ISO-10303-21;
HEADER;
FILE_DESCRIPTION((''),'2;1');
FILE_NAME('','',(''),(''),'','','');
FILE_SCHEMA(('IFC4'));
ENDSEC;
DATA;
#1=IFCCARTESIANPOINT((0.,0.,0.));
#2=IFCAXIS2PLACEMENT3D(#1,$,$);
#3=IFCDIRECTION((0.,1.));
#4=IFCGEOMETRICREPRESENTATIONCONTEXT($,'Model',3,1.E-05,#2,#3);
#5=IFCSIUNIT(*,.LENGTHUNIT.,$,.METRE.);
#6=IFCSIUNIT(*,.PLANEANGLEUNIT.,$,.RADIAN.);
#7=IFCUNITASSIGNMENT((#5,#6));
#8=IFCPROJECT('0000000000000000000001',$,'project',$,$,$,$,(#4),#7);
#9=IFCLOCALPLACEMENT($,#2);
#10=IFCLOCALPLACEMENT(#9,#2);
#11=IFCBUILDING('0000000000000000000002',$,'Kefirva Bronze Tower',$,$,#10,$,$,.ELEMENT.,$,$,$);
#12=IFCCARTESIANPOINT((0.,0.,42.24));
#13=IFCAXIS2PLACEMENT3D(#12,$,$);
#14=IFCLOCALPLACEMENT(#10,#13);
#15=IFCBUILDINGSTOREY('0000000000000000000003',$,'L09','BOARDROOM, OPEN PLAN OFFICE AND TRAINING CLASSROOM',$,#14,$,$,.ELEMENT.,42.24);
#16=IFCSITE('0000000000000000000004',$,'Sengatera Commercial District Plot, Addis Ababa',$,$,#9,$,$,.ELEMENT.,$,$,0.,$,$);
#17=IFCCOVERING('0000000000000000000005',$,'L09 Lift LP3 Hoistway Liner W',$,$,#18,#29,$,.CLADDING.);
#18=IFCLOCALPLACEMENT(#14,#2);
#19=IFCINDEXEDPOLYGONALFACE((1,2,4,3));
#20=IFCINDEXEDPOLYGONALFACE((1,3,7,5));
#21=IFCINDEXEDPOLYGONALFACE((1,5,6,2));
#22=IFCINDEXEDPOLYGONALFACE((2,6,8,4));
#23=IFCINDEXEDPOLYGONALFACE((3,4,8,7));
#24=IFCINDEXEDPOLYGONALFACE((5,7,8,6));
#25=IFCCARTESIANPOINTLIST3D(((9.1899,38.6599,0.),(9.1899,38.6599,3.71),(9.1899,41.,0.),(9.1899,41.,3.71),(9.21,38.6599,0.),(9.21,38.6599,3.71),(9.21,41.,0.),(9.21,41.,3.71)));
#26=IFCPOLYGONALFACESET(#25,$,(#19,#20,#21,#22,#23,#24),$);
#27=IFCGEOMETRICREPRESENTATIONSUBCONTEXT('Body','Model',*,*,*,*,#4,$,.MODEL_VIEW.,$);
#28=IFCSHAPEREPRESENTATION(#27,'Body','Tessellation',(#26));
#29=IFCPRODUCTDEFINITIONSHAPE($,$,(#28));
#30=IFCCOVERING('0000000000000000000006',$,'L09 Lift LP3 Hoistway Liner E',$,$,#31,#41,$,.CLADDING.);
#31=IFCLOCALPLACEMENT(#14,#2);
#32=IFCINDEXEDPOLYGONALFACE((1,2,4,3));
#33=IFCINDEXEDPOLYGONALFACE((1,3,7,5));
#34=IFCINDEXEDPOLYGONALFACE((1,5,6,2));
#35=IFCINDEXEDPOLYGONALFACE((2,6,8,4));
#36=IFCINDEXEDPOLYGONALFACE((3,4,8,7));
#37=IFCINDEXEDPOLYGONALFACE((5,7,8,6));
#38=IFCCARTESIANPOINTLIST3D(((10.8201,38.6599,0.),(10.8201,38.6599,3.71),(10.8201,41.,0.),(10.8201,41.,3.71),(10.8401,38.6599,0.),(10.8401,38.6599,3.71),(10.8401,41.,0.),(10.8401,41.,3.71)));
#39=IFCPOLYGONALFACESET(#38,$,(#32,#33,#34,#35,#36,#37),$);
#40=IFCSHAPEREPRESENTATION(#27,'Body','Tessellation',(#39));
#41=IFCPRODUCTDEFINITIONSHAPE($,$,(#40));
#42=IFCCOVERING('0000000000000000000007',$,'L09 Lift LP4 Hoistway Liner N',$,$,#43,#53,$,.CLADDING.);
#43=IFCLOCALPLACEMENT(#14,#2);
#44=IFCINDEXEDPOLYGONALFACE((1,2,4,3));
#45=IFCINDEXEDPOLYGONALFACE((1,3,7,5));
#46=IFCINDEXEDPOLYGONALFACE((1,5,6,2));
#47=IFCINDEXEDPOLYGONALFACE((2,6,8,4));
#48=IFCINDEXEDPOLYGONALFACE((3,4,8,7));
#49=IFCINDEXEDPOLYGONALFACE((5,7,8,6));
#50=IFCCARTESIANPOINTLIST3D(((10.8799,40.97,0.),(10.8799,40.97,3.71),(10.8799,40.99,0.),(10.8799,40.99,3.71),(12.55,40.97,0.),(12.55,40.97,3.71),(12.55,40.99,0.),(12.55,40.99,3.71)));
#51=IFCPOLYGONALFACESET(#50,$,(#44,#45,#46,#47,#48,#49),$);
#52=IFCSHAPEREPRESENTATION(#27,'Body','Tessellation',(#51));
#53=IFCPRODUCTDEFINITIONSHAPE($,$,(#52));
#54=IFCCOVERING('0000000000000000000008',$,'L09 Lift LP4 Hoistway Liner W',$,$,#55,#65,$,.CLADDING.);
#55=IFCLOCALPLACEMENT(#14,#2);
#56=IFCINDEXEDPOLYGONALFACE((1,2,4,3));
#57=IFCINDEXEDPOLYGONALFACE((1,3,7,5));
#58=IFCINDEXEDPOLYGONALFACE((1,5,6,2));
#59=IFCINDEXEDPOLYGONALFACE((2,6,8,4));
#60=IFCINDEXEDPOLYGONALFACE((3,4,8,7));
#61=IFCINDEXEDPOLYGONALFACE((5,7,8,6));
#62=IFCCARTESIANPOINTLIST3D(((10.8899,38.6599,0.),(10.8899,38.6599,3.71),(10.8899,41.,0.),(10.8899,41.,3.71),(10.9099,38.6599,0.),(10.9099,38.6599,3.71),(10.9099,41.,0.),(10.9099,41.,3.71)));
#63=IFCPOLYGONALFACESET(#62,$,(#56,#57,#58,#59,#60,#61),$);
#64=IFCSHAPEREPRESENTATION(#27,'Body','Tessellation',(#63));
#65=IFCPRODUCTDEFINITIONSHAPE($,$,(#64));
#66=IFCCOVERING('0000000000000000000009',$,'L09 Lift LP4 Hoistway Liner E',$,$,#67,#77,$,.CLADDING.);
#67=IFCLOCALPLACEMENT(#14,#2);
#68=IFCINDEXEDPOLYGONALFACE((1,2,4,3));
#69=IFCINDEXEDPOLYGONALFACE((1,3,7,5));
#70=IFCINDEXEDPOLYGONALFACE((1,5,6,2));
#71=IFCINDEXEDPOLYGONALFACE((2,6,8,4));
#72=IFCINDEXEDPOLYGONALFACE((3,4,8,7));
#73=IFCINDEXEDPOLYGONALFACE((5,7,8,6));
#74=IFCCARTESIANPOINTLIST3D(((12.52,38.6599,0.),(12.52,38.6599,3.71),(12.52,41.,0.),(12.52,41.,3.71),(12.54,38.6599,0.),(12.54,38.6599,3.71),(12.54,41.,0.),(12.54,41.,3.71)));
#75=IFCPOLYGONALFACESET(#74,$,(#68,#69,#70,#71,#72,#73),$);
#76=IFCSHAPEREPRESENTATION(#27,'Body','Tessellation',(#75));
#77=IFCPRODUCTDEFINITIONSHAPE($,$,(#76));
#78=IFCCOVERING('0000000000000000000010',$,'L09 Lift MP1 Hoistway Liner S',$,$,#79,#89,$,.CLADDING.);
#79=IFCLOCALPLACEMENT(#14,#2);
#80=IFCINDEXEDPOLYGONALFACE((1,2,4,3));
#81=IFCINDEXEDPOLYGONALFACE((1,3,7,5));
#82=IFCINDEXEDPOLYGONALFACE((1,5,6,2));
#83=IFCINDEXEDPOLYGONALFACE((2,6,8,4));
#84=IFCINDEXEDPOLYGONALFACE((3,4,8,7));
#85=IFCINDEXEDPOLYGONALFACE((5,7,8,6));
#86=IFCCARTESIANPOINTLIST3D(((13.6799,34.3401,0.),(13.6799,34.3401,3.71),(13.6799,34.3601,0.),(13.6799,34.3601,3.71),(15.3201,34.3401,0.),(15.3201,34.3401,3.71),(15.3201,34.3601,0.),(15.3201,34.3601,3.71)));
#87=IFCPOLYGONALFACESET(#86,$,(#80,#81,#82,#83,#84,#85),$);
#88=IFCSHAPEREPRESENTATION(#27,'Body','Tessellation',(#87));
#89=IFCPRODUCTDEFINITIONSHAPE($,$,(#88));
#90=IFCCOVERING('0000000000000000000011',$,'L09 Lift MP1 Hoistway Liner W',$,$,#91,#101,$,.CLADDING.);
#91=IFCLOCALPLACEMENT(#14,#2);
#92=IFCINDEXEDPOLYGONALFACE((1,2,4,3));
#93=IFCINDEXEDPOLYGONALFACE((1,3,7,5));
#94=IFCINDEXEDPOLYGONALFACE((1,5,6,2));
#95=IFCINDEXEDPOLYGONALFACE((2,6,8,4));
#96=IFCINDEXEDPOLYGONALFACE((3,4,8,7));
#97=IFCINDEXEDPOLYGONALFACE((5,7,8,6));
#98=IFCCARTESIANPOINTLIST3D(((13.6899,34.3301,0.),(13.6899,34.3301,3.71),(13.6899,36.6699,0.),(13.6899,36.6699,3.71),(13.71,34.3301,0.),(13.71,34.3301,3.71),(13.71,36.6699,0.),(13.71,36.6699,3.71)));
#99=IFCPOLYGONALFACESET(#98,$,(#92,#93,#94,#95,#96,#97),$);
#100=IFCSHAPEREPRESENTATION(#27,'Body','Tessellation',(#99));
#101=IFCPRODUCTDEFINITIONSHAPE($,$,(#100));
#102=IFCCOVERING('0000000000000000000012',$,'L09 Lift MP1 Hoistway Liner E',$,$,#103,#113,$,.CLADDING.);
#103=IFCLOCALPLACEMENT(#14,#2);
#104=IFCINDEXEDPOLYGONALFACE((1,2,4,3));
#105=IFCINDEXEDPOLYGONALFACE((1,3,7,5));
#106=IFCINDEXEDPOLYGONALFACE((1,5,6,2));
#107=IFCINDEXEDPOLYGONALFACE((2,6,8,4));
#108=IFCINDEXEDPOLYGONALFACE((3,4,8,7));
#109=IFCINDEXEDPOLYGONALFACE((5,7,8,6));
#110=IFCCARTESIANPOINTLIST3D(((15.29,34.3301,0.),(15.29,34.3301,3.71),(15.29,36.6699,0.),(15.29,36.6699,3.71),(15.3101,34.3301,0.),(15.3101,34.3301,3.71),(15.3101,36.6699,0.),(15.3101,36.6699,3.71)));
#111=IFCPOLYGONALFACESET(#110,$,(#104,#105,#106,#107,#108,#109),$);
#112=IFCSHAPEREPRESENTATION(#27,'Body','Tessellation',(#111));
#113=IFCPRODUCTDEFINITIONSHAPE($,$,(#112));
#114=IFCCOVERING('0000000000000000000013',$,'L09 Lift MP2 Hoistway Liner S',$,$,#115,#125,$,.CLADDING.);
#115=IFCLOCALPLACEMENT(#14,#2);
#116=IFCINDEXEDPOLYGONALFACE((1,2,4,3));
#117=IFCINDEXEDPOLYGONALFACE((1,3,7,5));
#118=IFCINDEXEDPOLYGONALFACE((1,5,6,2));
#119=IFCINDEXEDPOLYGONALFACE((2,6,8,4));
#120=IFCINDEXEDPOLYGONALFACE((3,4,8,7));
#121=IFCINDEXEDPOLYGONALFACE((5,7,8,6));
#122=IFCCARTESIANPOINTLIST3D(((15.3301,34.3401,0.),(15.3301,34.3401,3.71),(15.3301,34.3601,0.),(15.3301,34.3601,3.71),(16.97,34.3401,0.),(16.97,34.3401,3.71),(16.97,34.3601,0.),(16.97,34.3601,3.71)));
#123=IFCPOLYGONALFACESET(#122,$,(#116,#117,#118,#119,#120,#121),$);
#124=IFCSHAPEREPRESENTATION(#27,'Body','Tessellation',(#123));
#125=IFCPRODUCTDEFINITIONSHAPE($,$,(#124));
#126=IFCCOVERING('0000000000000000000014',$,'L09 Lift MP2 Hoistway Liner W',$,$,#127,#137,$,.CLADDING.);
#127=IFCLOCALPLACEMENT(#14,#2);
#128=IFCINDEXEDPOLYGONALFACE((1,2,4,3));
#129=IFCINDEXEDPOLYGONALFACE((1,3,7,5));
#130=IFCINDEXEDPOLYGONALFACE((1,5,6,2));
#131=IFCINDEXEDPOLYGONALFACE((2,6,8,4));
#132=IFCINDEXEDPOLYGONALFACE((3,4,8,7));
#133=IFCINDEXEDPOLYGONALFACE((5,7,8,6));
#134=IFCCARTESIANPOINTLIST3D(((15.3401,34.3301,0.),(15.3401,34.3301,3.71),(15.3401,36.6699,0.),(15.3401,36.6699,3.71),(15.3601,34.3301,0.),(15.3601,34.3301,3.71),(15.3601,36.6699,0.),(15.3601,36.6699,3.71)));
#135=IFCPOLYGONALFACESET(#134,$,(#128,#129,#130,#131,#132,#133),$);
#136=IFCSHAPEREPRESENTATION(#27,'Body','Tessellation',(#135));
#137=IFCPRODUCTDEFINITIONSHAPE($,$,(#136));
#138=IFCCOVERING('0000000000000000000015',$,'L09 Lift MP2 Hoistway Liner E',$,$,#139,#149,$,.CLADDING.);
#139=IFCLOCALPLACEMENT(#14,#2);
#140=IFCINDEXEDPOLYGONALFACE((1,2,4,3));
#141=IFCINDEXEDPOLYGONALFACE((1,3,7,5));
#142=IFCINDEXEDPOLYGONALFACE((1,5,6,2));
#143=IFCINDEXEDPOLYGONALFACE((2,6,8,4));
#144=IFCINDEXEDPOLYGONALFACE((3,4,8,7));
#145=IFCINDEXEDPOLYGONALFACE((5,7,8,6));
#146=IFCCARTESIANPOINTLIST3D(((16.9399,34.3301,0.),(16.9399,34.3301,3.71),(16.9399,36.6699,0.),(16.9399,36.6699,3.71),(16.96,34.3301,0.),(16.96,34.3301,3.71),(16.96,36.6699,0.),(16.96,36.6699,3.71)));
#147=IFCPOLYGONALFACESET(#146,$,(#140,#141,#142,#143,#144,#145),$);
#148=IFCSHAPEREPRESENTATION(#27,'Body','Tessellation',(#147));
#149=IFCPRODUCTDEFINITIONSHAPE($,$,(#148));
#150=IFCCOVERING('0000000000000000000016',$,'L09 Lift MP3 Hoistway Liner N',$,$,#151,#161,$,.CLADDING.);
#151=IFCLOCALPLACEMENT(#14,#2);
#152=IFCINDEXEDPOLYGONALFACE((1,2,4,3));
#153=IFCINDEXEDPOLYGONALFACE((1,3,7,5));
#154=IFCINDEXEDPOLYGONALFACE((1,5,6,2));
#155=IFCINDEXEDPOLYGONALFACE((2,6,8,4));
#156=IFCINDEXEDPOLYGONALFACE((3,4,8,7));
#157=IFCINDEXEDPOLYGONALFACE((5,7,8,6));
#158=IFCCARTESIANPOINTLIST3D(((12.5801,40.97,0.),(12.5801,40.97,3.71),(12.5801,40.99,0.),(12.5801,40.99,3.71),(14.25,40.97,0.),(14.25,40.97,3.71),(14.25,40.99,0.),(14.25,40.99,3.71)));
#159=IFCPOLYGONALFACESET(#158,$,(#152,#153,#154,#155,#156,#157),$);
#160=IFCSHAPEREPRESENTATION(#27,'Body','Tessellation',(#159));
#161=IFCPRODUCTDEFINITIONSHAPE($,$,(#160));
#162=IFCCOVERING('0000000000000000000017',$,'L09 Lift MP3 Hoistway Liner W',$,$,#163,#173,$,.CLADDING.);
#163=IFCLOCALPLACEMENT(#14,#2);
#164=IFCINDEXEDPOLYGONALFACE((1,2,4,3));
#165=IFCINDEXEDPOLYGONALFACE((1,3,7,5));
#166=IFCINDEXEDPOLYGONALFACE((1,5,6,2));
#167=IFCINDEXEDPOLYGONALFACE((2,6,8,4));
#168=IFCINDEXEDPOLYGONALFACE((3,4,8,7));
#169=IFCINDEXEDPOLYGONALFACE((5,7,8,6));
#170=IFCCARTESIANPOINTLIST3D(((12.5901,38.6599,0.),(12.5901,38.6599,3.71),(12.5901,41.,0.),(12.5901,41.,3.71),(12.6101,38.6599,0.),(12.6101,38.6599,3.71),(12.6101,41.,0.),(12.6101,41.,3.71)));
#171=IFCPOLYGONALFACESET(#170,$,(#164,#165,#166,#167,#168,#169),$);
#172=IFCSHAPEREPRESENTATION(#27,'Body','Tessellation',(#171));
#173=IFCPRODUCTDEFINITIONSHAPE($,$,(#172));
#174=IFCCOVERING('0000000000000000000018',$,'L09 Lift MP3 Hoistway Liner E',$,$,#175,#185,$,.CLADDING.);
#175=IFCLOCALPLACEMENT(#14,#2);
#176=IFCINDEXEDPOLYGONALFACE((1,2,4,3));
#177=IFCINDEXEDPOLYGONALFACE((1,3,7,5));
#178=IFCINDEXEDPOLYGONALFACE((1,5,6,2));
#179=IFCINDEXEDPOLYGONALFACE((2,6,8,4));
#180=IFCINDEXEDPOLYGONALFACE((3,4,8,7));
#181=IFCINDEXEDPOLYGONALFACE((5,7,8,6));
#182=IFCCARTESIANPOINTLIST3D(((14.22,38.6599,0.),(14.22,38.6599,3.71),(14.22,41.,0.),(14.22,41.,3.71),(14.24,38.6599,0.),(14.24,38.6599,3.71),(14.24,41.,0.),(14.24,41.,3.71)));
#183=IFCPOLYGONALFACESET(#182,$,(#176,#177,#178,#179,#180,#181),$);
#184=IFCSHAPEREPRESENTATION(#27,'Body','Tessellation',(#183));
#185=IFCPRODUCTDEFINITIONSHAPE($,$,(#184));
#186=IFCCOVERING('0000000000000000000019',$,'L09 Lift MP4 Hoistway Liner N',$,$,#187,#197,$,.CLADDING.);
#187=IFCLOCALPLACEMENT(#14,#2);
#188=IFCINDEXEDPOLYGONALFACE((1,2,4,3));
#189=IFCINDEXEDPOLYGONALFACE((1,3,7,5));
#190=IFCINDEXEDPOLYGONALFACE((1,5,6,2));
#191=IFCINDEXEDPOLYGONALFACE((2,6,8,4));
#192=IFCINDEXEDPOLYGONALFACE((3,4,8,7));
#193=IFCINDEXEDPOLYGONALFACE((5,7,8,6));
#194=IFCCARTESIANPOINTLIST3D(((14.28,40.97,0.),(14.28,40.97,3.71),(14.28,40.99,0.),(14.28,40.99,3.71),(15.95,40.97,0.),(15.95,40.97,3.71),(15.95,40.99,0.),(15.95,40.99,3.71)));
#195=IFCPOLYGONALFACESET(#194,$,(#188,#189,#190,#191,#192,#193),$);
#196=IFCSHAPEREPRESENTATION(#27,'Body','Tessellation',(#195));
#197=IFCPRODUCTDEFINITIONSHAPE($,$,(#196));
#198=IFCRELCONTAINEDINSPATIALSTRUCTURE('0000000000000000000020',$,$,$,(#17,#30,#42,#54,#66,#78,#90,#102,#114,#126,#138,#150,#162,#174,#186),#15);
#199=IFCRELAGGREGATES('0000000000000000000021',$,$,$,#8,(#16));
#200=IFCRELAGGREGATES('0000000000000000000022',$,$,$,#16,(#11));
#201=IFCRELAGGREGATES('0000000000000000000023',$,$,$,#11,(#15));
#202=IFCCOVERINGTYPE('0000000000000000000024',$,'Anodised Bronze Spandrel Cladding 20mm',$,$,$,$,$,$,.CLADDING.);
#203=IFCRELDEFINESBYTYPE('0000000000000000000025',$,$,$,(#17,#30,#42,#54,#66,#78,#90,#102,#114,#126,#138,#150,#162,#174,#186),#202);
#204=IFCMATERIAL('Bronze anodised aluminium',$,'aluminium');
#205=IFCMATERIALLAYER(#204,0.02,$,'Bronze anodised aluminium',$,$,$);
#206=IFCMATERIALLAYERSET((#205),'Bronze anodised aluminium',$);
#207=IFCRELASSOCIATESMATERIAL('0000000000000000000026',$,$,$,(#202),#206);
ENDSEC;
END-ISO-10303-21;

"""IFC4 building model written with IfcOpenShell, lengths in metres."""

from ifc_helpers import new_model, si_unit, direction, frame, origin, place, context, subcontext, project, spatial, polyline, outline, extrude, material, layer, layer_set, type_object, element, save


model = new_model("IFC4")

# Units and contexts
model_context = context("Model", 3, precision=1e-05, world=origin(), true_north=direction((0.0, 1.0)))
body_context = subcontext(model_context, "Body", "Model", "MODEL_VIEW")
ifc_project = project(units=[si_unit("LENGTHUNIT", "METRE"), si_unit("PLANEANGLEUNIT", "RADIAN")], contexts=[model_context])

# Site, building, storey
site_placement = place(None, origin())
site = spatial("IfcSite", under=ifc_project, at=site_placement, Name="Sengatera Commercial District Plot, Addis Ababa", CompositionType="ELEMENT", RefElevation=0.0)
building_placement = place(site_placement, origin())
building = spatial("IfcBuilding", under=site, at=building_placement, Name="Kefirva Bronze Tower", CompositionType="ELEMENT")
storey_placement = place(building_placement, frame((0.0, 0.0, 42.24)))
storey = spatial("IfcBuildingStorey", under=building, at=storey_placement, Name="L09", Description="BOARDROOM, OPEN PLAN OFFICE AND TRAINING CLASSROOM", CompositionType="ELEMENT", Elevation=42.24)

# Coverings
ifc_material = material(Name="Bronze anodised aluminium", Category="aluminium")
ifc_layer_1 = layer(ifc_material, 0.02, Name="Bronze anodised aluminium")
ifc_layer_set_1 = layer_set([ifc_layer_1], Name="Bronze anodised aluminium")
covering_type_1 = type_object("IfcCoveringType", Name="Anodised Bronze Spandrel Cladding 20mm", PredefinedType="CLADDING", material=ifc_layer_set_1)
covering_1_placement = place(storey_placement, origin())
element("IfcCovering", 1, at=covering_1_placement, inside=storey, type_object=covering_type_1, Name="L09 Lift LP3 Hoistway Liner W", PredefinedType="CLADDING", context=body_context, shape_type="SweptSolid", body=[
    extrude(outline(polyline([(9.1899, 38.6599), (9.21, 38.6599), (9.21, 41.0), (9.1899, 41.0), (9.1899, 38.6599)])), origin(), (0.0, 0.0, 1.0), 3.71),
])
covering_2_placement = place(storey_placement, origin())
element("IfcCovering", 2, at=covering_2_placement, inside=storey, type_object=covering_type_1, Name="L09 Lift LP3 Hoistway Liner E", PredefinedType="CLADDING", context=body_context, shape_type="SweptSolid", body=[
    extrude(outline(polyline([(10.8201, 38.6599), (10.8401, 38.6599), (10.8401, 41.0), (10.8201, 41.0), (10.8201, 38.6599)])), origin(), (0.0, 0.0, 1.0), 3.71),
])
covering_3_placement = place(storey_placement, origin())
element("IfcCovering", 3, at=covering_3_placement, inside=storey, type_object=covering_type_1, Name="L09 Lift LP4 Hoistway Liner N", PredefinedType="CLADDING", context=body_context, shape_type="SweptSolid", body=[
    extrude(outline(polyline([(10.8799, 40.97), (12.55, 40.97), (12.55, 40.99), (10.8799, 40.99), (10.8799, 40.97)])), origin(), (0.0, 0.0, 1.0), 3.71),
])
covering_4_placement = place(storey_placement, origin())
element("IfcCovering", 4, at=covering_4_placement, inside=storey, type_object=covering_type_1, Name="L09 Lift LP4 Hoistway Liner W", PredefinedType="CLADDING", context=body_context, shape_type="SweptSolid", body=[
    extrude(outline(polyline([(10.8899, 38.6599), (10.9099, 38.6599), (10.9099, 41.0), (10.8899, 41.0), (10.8899, 38.6599)])), origin(), (0.0, 0.0, 1.0), 3.71),
])
covering_5_placement = place(storey_placement, origin())
element("IfcCovering", 5, at=covering_5_placement, inside=storey, type_object=covering_type_1, Name="L09 Lift LP4 Hoistway Liner E", PredefinedType="CLADDING", context=body_context, shape_type="SweptSolid", body=[
    extrude(outline(polyline([(12.52, 38.6599), (12.54, 38.6599), (12.54, 41.0), (12.52, 41.0), (12.52, 38.6599)])), origin(), (0.0, 0.0, 1.0), 3.71),
])
covering_6_placement = place(storey_placement, origin())
element("IfcCovering", 6, at=covering_6_placement, inside=storey, type_object=covering_type_1, Name="L09 Lift MP1 Hoistway Liner S", PredefinedType="CLADDING", context=body_context, shape_type="SweptSolid", body=[
    extrude(outline(polyline([(13.6799, 34.3401), (15.3201, 34.3401), (15.3201, 34.3601), (13.6799, 34.3601), (13.6799, 34.3401)])), origin(), (0.0, 0.0, 1.0), 3.71),
])
covering_7_placement = place(storey_placement, origin())
element("IfcCovering", 7, at=covering_7_placement, inside=storey, type_object=covering_type_1, Name="L09 Lift MP1 Hoistway Liner W", PredefinedType="CLADDING", context=body_context, shape_type="SweptSolid", body=[
    extrude(outline(polyline([(13.6899, 34.3301), (13.71, 34.3301), (13.71, 36.6699), (13.6899, 36.6699), (13.6899, 34.3301)])), origin(), (0.0, 0.0, 1.0), 3.71),
])
covering_8_placement = place(storey_placement, origin())
element("IfcCovering", 8, at=covering_8_placement, inside=storey, type_object=covering_type_1, Name="L09 Lift MP1 Hoistway Liner E", PredefinedType="CLADDING", context=body_context, shape_type="SweptSolid", body=[
    extrude(outline(polyline([(15.29, 34.3301), (15.3101, 34.3301), (15.3101, 36.6699), (15.29, 36.6699), (15.29, 34.3301)])), origin(), (0.0, 0.0, 1.0), 3.71),
])
covering_9_placement = place(storey_placement, origin())
element("IfcCovering", 9, at=covering_9_placement, inside=storey, type_object=covering_type_1, Name="L09 Lift MP2 Hoistway Liner S", PredefinedType="CLADDING", context=body_context, shape_type="SweptSolid", body=[
    extrude(outline(polyline([(15.3301, 34.3401), (16.97, 34.3401), (16.97, 34.3601), (15.3301, 34.3601), (15.3301, 34.3401)])), origin(), (0.0, 0.0, 1.0), 3.71),
])
covering_10_placement = place(storey_placement, origin())
element("IfcCovering", 10, at=covering_10_placement, inside=storey, type_object=covering_type_1, Name="L09 Lift MP2 Hoistway Liner W", PredefinedType="CLADDING", context=body_context, shape_type="SweptSolid", body=[
    extrude(outline(polyline([(15.3401, 34.3301), (15.3601, 34.3301), (15.3601, 36.6699), (15.3401, 36.6699), (15.3401, 34.3301)])), origin(), (0.0, 0.0, 1.0), 3.71),
])
covering_11_placement = place(storey_placement, origin())
element("IfcCovering", 11, at=covering_11_placement, inside=storey, type_object=covering_type_1, Name="L09 Lift MP2 Hoistway Liner E", PredefinedType="CLADDING", context=body_context, shape_type="SweptSolid", body=[
    extrude(outline(polyline([(16.9399, 34.3301), (16.96, 34.3301), (16.96, 36.6699), (16.9399, 36.6699), (16.9399, 34.3301)])), origin(), (0.0, 0.0, 1.0), 3.71),
])
covering_12_placement = place(storey_placement, origin())
element("IfcCovering", 12, at=covering_12_placement, inside=storey, type_object=covering_type_1, Name="L09 Lift MP3 Hoistway Liner N", PredefinedType="CLADDING", context=body_context, shape_type="SweptSolid", body=[
    extrude(outline(polyline([(12.5801, 40.97), (14.25, 40.97), (14.25, 40.99), (12.5801, 40.99), (12.5801, 40.97)])), origin(), (0.0, 0.0, 1.0), 3.71),
])
covering_13_placement = place(storey_placement, origin())
element("IfcCovering", 13, at=covering_13_placement, inside=storey, type_object=covering_type_1, Name="L09 Lift MP3 Hoistway Liner W", PredefinedType="CLADDING", context=body_context, shape_type="SweptSolid", body=[
    extrude(outline(polyline([(12.5901, 38.6599), (12.6101, 38.6599), (12.6101, 41.0), (12.5901, 41.0), (12.5901, 38.6599)])), origin(), (0.0, 0.0, 1.0), 3.71),
])
covering_14_placement = place(storey_placement, origin())
element("IfcCovering", 14, at=covering_14_placement, inside=storey, type_object=covering_type_1, Name="L09 Lift MP3 Hoistway Liner E", PredefinedType="CLADDING", context=body_context, shape_type="SweptSolid", body=[
    extrude(outline(polyline([(14.22, 38.6599), (14.24, 38.6599), (14.24, 41.0), (14.22, 41.0), (14.22, 38.6599)])), origin(), (0.0, 0.0, 1.0), 3.71),
])
covering_15_placement = place(storey_placement, origin())
element("IfcCovering", 15, at=covering_15_placement, inside=storey, type_object=covering_type_1, Name="L09 Lift MP4 Hoistway Liner N", PredefinedType="CLADDING", context=body_context, shape_type="SweptSolid", body=[
    extrude(outline(polyline([(14.28, 40.97), (15.95, 40.97), (15.95, 40.99), (14.28, 40.99), (14.28, 40.97)])), origin(), (0.0, 0.0, 1.0), 3.71),
])

save(model, "model.ifc")
